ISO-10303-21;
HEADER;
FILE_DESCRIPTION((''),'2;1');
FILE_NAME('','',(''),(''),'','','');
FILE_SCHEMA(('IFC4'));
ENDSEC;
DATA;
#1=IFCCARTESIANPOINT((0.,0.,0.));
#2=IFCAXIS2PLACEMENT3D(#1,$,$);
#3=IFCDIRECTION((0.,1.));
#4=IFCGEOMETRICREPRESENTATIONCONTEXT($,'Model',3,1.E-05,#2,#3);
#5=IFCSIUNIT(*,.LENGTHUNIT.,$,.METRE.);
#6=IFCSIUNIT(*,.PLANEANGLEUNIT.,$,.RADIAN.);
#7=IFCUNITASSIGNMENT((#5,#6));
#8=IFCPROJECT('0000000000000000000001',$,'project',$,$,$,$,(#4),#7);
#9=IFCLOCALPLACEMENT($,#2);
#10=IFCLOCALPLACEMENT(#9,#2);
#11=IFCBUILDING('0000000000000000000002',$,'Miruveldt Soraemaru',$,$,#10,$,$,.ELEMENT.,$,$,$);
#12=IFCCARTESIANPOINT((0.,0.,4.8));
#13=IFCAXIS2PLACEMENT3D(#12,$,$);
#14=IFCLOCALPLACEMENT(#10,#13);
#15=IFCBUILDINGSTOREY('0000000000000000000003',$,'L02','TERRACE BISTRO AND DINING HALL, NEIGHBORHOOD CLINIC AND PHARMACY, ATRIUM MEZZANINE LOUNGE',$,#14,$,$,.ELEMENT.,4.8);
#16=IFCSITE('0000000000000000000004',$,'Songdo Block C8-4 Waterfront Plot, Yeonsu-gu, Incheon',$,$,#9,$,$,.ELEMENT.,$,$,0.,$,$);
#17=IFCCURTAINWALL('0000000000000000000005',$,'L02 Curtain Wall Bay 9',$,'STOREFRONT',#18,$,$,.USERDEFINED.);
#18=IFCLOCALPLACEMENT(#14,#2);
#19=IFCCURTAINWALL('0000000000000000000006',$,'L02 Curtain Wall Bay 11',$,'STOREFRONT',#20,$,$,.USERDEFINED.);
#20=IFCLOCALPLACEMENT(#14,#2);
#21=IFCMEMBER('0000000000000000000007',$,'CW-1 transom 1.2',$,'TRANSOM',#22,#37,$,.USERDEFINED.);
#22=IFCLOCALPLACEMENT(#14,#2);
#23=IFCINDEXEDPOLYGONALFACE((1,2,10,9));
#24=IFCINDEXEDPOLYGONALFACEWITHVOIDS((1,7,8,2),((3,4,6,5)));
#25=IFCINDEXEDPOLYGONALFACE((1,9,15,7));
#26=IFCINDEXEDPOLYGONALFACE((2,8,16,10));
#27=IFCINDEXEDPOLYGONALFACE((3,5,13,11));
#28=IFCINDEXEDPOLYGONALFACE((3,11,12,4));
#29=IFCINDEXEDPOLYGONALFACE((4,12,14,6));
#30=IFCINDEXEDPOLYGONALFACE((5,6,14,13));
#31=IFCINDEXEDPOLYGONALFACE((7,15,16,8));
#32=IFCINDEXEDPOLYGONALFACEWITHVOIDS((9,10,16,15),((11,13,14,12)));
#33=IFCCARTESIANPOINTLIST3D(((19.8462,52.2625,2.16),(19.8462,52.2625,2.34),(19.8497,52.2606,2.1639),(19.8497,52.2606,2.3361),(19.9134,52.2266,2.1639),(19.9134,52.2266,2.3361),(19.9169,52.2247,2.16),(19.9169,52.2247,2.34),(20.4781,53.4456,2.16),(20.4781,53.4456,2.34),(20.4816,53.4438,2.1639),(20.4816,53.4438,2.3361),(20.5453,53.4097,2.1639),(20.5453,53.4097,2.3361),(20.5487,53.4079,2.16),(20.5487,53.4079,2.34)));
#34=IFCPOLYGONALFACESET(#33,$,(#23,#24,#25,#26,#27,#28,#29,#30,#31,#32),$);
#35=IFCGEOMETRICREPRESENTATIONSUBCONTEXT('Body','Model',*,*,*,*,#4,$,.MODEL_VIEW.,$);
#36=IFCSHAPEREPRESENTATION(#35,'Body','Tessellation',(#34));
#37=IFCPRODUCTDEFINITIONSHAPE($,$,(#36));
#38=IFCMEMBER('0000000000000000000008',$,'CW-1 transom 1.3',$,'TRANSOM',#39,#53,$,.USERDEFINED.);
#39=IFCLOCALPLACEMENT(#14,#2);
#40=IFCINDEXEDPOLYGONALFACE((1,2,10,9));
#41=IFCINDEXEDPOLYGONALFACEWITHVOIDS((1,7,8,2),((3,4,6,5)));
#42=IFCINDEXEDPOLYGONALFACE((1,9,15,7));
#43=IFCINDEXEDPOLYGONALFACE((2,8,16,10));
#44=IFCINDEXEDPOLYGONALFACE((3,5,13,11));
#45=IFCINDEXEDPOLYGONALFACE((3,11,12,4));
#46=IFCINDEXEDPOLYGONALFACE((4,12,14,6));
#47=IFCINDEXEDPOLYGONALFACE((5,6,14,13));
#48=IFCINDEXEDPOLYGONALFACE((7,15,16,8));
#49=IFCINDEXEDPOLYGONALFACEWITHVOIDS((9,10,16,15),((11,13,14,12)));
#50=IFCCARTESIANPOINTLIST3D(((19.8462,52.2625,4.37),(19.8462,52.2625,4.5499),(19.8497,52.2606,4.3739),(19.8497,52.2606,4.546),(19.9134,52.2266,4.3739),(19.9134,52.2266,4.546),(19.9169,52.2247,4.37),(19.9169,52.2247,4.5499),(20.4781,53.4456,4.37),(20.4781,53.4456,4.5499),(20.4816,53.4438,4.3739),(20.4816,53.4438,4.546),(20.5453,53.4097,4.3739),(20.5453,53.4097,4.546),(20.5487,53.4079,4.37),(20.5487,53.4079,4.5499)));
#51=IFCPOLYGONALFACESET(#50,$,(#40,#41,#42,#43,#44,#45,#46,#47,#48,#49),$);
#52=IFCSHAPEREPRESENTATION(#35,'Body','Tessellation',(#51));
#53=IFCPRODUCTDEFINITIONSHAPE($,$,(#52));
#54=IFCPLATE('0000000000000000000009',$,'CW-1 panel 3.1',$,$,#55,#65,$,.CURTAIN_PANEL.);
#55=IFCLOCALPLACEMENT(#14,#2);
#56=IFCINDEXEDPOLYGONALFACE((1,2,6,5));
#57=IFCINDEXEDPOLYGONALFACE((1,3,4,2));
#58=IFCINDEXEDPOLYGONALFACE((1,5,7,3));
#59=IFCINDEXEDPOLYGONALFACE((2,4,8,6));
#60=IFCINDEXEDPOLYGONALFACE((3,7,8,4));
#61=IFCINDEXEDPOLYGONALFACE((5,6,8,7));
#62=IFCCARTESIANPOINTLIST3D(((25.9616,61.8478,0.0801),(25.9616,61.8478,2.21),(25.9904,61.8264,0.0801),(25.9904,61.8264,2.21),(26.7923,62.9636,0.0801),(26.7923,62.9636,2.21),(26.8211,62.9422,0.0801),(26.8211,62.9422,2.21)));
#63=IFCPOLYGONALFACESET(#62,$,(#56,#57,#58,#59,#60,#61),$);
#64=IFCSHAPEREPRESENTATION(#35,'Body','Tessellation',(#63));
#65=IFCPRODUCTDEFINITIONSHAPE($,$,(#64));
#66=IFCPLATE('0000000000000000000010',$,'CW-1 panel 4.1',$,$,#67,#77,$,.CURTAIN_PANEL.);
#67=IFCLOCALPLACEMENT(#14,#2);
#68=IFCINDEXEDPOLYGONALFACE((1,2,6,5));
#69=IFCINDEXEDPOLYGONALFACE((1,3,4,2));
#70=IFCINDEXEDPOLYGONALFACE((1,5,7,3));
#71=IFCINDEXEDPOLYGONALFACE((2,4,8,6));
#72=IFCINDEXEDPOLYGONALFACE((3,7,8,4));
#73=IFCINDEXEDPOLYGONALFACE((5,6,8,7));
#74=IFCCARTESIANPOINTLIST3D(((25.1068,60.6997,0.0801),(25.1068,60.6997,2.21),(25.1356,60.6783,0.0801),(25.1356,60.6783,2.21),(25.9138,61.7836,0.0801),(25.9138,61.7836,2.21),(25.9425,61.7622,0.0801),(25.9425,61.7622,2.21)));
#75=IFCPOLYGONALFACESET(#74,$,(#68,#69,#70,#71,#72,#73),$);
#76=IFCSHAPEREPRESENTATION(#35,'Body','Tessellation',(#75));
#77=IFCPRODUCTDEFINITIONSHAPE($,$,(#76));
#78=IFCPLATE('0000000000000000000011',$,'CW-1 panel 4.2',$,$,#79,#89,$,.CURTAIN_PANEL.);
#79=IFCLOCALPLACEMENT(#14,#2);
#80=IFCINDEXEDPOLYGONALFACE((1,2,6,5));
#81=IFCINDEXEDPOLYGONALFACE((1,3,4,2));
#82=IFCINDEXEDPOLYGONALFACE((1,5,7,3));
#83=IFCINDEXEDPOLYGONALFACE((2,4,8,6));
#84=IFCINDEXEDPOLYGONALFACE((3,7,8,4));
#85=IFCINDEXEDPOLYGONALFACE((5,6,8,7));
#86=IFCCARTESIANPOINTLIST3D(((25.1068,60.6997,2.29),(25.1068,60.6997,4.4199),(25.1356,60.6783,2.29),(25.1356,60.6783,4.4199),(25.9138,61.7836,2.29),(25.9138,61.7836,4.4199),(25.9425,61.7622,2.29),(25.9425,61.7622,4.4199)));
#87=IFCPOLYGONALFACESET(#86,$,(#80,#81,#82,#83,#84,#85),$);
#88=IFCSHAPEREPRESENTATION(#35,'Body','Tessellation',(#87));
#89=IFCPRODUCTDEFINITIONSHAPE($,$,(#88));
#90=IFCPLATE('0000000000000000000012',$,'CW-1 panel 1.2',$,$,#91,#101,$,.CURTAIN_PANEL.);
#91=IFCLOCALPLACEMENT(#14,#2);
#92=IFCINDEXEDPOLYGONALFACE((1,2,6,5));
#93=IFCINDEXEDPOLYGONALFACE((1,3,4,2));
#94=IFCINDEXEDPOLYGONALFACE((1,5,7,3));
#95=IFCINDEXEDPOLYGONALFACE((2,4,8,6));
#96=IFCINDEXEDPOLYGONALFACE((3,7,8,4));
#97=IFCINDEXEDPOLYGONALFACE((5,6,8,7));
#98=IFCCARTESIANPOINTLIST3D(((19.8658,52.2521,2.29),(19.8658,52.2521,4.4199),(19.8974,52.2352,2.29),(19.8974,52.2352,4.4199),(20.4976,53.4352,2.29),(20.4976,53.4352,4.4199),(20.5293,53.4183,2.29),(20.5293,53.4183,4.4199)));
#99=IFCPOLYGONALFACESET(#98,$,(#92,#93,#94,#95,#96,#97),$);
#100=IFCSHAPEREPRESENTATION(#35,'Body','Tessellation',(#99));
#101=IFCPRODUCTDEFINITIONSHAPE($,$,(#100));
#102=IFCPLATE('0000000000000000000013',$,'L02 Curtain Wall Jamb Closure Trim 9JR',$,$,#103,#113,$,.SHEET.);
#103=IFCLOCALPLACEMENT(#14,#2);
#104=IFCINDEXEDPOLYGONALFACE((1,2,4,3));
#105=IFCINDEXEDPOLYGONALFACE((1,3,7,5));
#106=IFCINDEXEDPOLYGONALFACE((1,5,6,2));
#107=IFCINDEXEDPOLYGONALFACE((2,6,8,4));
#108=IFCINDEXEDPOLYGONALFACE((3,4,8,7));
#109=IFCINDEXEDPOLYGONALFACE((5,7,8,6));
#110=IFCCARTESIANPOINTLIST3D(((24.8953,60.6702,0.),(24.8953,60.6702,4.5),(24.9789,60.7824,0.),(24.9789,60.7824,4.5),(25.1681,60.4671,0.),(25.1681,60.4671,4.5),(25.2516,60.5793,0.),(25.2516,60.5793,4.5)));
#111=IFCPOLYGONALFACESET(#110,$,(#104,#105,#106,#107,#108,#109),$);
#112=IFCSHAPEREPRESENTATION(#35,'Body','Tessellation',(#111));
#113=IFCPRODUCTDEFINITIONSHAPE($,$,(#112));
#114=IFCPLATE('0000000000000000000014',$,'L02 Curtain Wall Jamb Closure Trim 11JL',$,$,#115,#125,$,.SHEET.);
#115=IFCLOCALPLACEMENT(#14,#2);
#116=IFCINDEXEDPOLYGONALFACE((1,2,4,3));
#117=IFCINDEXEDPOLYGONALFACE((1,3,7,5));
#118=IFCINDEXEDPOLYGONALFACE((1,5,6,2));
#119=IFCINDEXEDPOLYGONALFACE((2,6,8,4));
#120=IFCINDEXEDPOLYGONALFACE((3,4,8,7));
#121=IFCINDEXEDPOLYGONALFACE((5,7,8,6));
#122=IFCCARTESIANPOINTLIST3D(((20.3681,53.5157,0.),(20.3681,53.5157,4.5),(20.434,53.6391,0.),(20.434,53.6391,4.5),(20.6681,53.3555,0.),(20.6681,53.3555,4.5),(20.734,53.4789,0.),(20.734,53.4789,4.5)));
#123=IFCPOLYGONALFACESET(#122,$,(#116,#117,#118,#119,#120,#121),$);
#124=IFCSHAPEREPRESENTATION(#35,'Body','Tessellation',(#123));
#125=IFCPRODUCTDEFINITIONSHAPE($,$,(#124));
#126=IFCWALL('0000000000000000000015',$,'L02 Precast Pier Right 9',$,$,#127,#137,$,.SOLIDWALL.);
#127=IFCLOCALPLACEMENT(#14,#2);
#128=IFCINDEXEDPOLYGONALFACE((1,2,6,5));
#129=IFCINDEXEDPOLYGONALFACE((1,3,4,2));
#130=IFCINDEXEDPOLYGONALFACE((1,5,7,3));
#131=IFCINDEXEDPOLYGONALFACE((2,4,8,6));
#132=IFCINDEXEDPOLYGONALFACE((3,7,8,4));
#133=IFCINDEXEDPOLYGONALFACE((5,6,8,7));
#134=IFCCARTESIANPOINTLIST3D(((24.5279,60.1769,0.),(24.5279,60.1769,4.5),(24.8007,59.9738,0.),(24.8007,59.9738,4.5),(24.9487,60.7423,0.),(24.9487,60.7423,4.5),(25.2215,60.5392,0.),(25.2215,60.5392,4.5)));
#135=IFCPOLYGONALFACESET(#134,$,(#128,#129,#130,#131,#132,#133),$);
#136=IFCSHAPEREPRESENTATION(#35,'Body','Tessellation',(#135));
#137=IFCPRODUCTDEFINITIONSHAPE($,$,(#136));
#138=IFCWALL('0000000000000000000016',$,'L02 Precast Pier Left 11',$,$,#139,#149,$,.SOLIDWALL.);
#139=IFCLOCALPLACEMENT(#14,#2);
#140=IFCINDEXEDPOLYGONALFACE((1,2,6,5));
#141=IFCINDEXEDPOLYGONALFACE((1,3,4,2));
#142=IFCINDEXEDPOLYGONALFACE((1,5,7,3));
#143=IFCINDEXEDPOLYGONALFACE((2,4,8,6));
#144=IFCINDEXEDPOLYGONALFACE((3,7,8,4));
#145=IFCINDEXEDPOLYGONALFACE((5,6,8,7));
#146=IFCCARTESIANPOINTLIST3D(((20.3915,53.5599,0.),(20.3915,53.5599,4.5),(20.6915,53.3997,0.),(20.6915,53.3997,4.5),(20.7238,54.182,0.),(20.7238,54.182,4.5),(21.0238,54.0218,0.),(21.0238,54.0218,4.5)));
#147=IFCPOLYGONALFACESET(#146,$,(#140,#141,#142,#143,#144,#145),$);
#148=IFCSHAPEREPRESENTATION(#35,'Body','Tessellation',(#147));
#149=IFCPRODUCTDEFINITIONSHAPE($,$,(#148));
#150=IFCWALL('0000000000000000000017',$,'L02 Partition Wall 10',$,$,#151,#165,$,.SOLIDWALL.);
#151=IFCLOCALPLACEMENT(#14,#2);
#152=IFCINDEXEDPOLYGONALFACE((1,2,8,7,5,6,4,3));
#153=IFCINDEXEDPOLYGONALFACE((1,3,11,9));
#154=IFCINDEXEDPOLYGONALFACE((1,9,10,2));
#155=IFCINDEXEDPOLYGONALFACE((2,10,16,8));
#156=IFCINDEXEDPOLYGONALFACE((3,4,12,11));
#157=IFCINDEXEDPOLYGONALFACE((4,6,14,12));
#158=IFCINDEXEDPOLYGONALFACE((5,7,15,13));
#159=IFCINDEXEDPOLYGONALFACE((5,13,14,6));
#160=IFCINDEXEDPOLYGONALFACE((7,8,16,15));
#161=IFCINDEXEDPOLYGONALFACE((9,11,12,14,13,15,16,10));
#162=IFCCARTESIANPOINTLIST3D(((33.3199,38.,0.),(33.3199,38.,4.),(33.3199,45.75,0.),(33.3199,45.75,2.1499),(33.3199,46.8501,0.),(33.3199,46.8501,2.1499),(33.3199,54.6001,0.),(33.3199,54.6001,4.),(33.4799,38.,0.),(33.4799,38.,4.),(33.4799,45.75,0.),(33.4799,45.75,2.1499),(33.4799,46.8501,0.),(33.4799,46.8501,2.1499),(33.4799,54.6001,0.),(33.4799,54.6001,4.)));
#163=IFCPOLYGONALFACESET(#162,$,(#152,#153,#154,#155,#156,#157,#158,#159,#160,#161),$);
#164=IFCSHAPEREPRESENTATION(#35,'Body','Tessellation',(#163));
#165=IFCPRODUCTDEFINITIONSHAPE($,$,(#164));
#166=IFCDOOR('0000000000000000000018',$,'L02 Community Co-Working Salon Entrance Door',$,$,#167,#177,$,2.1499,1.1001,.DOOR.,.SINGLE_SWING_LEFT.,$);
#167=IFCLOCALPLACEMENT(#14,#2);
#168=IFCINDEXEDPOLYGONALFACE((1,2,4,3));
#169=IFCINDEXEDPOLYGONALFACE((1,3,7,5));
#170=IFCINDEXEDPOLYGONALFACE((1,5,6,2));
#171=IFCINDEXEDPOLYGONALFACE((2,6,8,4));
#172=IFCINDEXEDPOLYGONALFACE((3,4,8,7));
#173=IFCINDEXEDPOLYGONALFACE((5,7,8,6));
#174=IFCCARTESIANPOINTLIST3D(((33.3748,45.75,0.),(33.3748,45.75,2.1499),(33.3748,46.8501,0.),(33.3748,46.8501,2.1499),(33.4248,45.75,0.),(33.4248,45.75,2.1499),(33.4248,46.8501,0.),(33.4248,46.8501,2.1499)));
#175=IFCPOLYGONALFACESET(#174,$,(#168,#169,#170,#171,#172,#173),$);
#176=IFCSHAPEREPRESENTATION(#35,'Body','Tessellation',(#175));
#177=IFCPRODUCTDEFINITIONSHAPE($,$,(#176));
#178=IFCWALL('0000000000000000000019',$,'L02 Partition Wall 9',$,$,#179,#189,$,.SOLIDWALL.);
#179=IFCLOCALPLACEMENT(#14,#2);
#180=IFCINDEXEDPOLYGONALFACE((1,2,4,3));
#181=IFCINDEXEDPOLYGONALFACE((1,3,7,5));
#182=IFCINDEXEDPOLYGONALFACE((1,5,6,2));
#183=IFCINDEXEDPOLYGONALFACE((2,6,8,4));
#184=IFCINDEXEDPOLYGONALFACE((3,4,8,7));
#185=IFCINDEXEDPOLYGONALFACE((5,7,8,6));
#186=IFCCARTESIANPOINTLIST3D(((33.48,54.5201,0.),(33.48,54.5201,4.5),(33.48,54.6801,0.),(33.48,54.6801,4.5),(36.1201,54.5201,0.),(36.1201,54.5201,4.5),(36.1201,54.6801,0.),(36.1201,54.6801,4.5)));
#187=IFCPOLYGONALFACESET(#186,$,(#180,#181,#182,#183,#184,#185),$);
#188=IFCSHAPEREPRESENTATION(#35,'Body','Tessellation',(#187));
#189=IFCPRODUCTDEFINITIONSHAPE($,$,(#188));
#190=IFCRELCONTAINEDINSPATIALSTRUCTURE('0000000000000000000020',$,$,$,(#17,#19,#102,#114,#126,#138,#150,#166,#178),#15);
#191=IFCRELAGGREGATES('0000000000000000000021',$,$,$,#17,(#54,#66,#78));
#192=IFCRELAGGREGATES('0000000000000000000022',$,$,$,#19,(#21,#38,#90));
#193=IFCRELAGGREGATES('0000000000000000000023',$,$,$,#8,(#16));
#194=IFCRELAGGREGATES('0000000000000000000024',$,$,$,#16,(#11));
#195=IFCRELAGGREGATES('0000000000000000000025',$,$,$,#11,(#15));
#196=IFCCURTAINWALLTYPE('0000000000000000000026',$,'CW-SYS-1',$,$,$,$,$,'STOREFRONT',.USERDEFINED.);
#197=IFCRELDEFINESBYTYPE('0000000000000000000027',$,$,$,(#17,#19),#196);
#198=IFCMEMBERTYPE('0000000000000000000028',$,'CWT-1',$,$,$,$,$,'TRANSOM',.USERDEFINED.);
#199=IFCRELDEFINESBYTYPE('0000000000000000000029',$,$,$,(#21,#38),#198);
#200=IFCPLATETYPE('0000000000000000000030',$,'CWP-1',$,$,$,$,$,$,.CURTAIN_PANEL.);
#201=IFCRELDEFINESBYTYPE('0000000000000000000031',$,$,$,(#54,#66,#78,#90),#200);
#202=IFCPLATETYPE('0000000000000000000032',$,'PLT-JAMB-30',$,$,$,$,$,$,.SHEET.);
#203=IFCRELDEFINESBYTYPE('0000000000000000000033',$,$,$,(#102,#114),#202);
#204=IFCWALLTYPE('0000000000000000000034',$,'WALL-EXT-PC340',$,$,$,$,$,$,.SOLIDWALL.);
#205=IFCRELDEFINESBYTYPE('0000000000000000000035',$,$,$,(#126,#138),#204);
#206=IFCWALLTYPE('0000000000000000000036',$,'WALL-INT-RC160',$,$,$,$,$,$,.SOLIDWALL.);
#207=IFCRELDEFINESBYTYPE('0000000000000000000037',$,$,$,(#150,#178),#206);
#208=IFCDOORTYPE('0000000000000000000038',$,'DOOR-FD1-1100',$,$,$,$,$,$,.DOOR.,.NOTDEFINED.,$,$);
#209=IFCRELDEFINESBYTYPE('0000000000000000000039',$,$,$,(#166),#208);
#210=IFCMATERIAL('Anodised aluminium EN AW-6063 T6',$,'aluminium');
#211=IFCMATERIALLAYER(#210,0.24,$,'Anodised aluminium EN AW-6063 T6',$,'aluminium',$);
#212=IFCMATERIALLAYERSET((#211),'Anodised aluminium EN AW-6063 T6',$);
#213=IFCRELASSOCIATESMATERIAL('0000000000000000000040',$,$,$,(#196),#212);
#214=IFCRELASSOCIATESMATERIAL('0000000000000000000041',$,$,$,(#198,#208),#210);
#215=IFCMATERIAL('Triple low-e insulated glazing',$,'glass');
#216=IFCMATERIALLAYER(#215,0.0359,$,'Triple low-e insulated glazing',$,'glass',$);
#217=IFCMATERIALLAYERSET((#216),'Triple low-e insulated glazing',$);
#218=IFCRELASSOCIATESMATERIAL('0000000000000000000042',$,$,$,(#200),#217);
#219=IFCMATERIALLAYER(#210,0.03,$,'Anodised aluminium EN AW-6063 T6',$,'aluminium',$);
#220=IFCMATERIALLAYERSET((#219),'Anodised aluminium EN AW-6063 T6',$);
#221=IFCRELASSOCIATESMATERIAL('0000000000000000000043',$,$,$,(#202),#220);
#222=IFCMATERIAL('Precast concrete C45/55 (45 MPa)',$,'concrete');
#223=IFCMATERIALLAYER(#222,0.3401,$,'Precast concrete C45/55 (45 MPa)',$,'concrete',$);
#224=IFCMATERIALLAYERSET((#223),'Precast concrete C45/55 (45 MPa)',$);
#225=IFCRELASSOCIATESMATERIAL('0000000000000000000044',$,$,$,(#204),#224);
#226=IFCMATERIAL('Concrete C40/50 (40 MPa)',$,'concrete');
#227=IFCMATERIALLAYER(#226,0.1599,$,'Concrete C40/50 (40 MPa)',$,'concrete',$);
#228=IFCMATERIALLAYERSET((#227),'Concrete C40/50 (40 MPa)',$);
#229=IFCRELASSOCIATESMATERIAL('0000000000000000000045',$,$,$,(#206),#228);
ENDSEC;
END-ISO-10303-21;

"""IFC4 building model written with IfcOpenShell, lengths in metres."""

from ifc_helpers import new_model, si_unit, direction, frame, frame_2d, origin, origin_2d, place, context, subcontext, project, spatial, rectangle, hollow_rectangle, extrude, material, layer, layer_set, material_profile, profile_set, type_object, element, fill, aggregate, save


model = new_model("IFC4")

# Units and contexts
model_context = context("Model", 3, precision=1e-05, world=origin(), true_north=direction((0.0, 1.0)))
body_context = subcontext(model_context, "Body", "Model", "MODEL_VIEW")
ifc_project = project(units=[si_unit("LENGTHUNIT", "METRE"), si_unit("PLANEANGLEUNIT", "RADIAN")], contexts=[model_context])

# Site, building, storey
site_placement = place(None, origin())
site = spatial("IfcSite", under=ifc_project, at=site_placement, Name="Songdo Block C8-4 Waterfront Plot, Yeonsu-gu, Incheon", CompositionType="ELEMENT", RefElevation=0.0)
building_placement = place(site_placement, origin())
building = spatial("IfcBuilding", under=site, at=building_placement, Name="Miruveldt Soraemaru", CompositionType="ELEMENT")
storey_placement = place(building_placement, frame((0.0, 0.0, 4.8)))
storey = spatial("IfcBuildingStorey", under=building, at=storey_placement, Name="L02", Description="TERRACE BISTRO AND DINING HALL, NEIGHBORHOOD CLINIC AND PHARMACY, ATRIUM MEZZANINE LOUNGE", CompositionType="ELEMENT", Elevation=4.8)

# Curtain wall
ifc_material_1 = material(Name="Anodised aluminium EN AW-6063 T6", Category="aluminium")
ifc_layer_1 = layer(ifc_material_1, 0.24, Name="Anodised aluminium EN AW-6063 T6", Category="aluminium")
ifc_layer_set_1 = layer_set([ifc_layer_1], Name="Anodised aluminium EN AW-6063 T6")
curtain_wall_type = type_object("IfcCurtainWallType", Name="CW-SYS-1", ElementType="STOREFRONT", PredefinedType="USERDEFINED", material=ifc_layer_set_1)
curtain_wall_1_placement = place(storey_placement, origin())
curtain_wall_1 = element("IfcCurtainWall", 1, at=curtain_wall_1_placement, inside=storey, type_object=curtain_wall_type, Name="L02 Curtain Wall Bay 9", ObjectType="STOREFRONT", PredefinedType="USERDEFINED")

# Curtain wall
curtain_wall_2_placement = place(storey_placement, origin())
curtain_wall_2 = element("IfcCurtainWall", 2, at=curtain_wall_2_placement, inside=storey, type_object=curtain_wall_type, Name="L02 Curtain Wall Bay 11", ObjectType="STOREFRONT", PredefinedType="USERDEFINED")

# Members
ifc_material_profile_1 = material_profile(ifc_material_1, hollow_rectangle(XDim=0.0801, YDim=0.1799, WallThickness=0.0039, at=origin_2d()), Name="Anodised aluminium EN AW-6063 T6", Category="aluminium")
ifc_profile_set_1 = profile_set([ifc_material_profile_1], Name="Anodised aluminium EN AW-6063 T6")
member_type_1 = type_object("IfcMemberType", Name="CWT-1", ElementType="TRANSOM", PredefinedType="USERDEFINED", material=ifc_profile_set_1)
member_1_placement = place(storey_placement, frame((20.5134, 53.4268, 2.25), z_axis=(-0.471079, -0.882091, 0.0), x_axis=(0.882091, -0.471079, 0.0)))
member_1 = element("IfcMember", 3, at=member_1_placement, type_object=member_type_1, Name="CW-1 transom 1.2", ObjectType="TRANSOM", PredefinedType="USERDEFINED", context=body_context, shape_type="SweptSolid", body=[
    extrude(hollow_rectangle(XDim=0.0801, YDim=0.1799, WallThickness=0.0039, at=origin_2d()), origin(), (0.0, 0.0, 1.0), 1.3413),
])
member_2_placement = place(storey_placement, frame((20.5134, 53.4268, 4.46), z_axis=(-0.471079, -0.882091, 0.0), x_axis=(0.882091, -0.471079, 0.0)))
member_2 = element("IfcMember", 4, at=member_2_placement, type_object=member_type_1, Name="CW-1 transom 1.3", ObjectType="TRANSOM", PredefinedType="USERDEFINED", context=body_context, shape_type="SweptSolid", body=[
    extrude(hollow_rectangle(XDim=0.0801, YDim=0.1799, WallThickness=0.0039, at=origin_2d()), origin(), (0.0, 0.0, 1.0), 1.3413),
])

# Plates
ifc_material_2 = material(Name="Triple low-e insulated glazing", Category="glass")
ifc_layer_2 = layer(ifc_material_2, 0.0359, Name="Triple low-e insulated glazing", Category="glass")
ifc_layer_set_2 = layer_set([ifc_layer_2], Name="Triple low-e insulated glazing")
plate_type_1 = type_object("IfcPlateType", Name="CWP-1", PredefinedType="CURTAIN_PANEL", material=ifc_layer_set_2)
plate_1_placement = place(storey_placement, frame((26.3914, 62.395, 0.0801), z_axis=(0.0, 0.0, 1.0), x_axis=(-0.597188, -0.802101, 0.0)))
plate_1 = element("IfcPlate", 5, at=plate_1_placement, type_object=plate_type_1, Name="CW-1 panel 3.1", PredefinedType="CURTAIN_PANEL", context=body_context, shape_type="SweptSolid", body=[
    extrude(rectangle(XDim=1.3911, YDim=0.0359, at=origin_2d()), origin(), (0.0, 0.0, 1.0), 2.1299),
])
plate_2_placement = place(storey_placement, frame((25.5247, 61.231, 0.0801), z_axis=(0.0, 0.0, 1.0), x_axis=(-0.597188, -0.802101, 0.0)))
plate_2 = element("IfcPlate", 6, at=plate_2_placement, type_object=plate_type_1, Name="CW-1 panel 4.1", PredefinedType="CURTAIN_PANEL", context=body_context, shape_type="SweptSolid", body=[
    extrude(rectangle(XDim=1.3513, YDim=0.0359, at=origin_2d()), origin(), (0.0, 0.0, 1.0), 2.1299),
])
plate_3_placement = place(storey_placement, frame((25.5247, 61.231, 2.29), z_axis=(0.0, 0.0, 1.0), x_axis=(-0.597188, -0.802101, 0.0)))
plate_3 = element("IfcPlate", 7, at=plate_3_placement, type_object=plate_type_1, Name="CW-1 panel 4.2", PredefinedType="CURTAIN_PANEL", context=body_context, shape_type="SweptSolid", body=[
    extrude(rectangle(XDim=1.3513, YDim=0.0359, at=origin_2d()), origin(), (0.0, 0.0, 1.0), 2.1299),
])
aggregate(curtain_wall_1, [plate_1, plate_2, plate_3])
plate_4_placement = place(storey_placement, frame((20.1975, 52.8352, 2.29), z_axis=(0.0, 0.0, 1.0), x_axis=(-0.471053, -0.882105, 0.0)))
plate_4 = element("IfcPlate", 8, at=plate_4_placement, type_object=plate_type_1, Name="CW-1 panel 1.2", PredefinedType="CURTAIN_PANEL", context=body_context, shape_type="SweptSolid", body=[
    extrude(rectangle(XDim=1.3413, YDim=0.0359, at=origin_2d()), origin(), (0.0, 0.0, 1.0), 2.1299),
])
aggregate(curtain_wall_2, [member_1, member_2, plate_4])

# Plates
ifc_layer_3 = layer(ifc_material_1, 0.03, Name="Anodised aluminium EN AW-6063 T6", Category="aluminium")
ifc_layer_set_3 = layer_set([ifc_layer_3], Name="Anodised aluminium EN AW-6063 T6")
plate_type_2 = type_object("IfcPlateType", Name="PLT-JAMB-30", PredefinedType="SHEET", material=ifc_layer_set_3)
for number, where, z_axis, x_axis, name in (
    (9, (25.0735, 60.6248, 0.0), (0.0, 0.0, 1.0), (-0.597191, -0.802099, 0.0), "L02 Curtain Wall Jamb Closure Trim 9JR"),
    (10, (20.551, 53.4973, 0.0), (0.0, 0.0, 1.0), (-0.471058, -0.882102, 0.0), "L02 Curtain Wall Jamb Closure Trim 11JL"),
):
    element("IfcPlate", number, at=place(storey_placement, frame(where, z_axis=z_axis, x_axis=x_axis)), inside=storey, type_object=plate_type_2, Name=name, PredefinedType="SHEET", context=body_context, shape_type="SweptSolid", body=[
        extrude(rectangle(XDim=0.1399, YDim=0.3401, at=origin_2d()), origin(), (0.0, 0.0, 1.0), 4.5),
    ])

# Wall
ifc_material_3 = material(Name="Precast concrete C45/55 (45 MPa)", Category="concrete")
ifc_layer_4 = layer(ifc_material_3, 0.3401, Name="Precast concrete C45/55 (45 MPa)", Category="concrete")
ifc_layer_set_4 = layer_set([ifc_layer_4], Name="Precast concrete C45/55 (45 MPa)")
wall_type_1 = type_object("IfcWallType", Name="WALL-EXT-PC340", PredefinedType="SOLIDWALL", material=ifc_layer_set_4)
wall_1_placement = place(storey_placement, frame((25.0852, 60.6409, 0.0), z_axis=(0.0, 0.0, 1.0), x_axis=(-0.597114, -0.802156, 0.0)))
element("IfcWall", 11, at=wall_1_placement, inside=storey, type_object=wall_type_1, Name="L02 Precast Pier Right 9", PredefinedType="SOLIDWALL", context=body_context, shape_type="SweptSolid", body=[
    extrude(rectangle(XDim=0.7048, YDim=0.3401, at=frame_2d((0.3525, 0.0))), origin(), (0.0, 0.0, 1.0), 4.5),
])

# Wall
wall_2_placement = place(storey_placement, frame((20.8738, 54.1018, 0.0), z_axis=(0.0, 0.0, 1.0), x_axis=(-0.471145, -0.882056, 0.0)))
element("IfcWall", 12, at=wall_2_placement, inside=storey, type_object=wall_type_1, Name="L02 Precast Pier Left 11", PredefinedType="SOLIDWALL", context=body_context, shape_type="SweptSolid", body=[
    extrude(rectangle(XDim=0.7053, YDim=0.3401, at=frame_2d((0.3525, 0.0))), origin(), (0.0, 0.0, 1.0), 4.5),
])

# Wall, opening, door
ifc_material_4 = material(Name="Concrete C40/50 (40 MPa)", Category="concrete")
ifc_layer_5 = layer(ifc_material_4, 0.1599, Name="Concrete C40/50 (40 MPa)", Category="concrete")
ifc_layer_set_5 = layer_set([ifc_layer_5], Name="Concrete C40/50 (40 MPa)")
wall_type_2 = type_object("IfcWallType", Name="WALL-INT-RC160", PredefinedType="SOLIDWALL", material=ifc_layer_set_5)
wall_3_placement = place(storey_placement, frame((33.3999, 54.6001, 0.0), z_axis=(0.0, 0.0, 1.0), x_axis=(0.0, -1.0, 0.0)))
wall_3 = element("IfcWall", 13, at=wall_3_placement, inside=storey, type_object=wall_type_2, Name="L02 Partition Wall 10", PredefinedType="SOLIDWALL", context=body_context, shape_type="SweptSolid", body=[
    extrude(rectangle(XDim=16.6001, YDim=0.1599, at=frame_2d((8.3, 0.0))), origin(), (0.0, 0.0, 1.0), 4.0),
])
opening_1_placement = place(wall_3_placement, frame((7.75, 0.0, 0.0)))
opening_1 = element("IfcOpeningElement", 14, at=opening_1_placement, cuts=wall_3, PredefinedType="OPENING", context=body_context, shape_type="SweptSolid", body=[
    extrude(rectangle(XDim=1.1001, YDim=2.1499, at=frame_2d((0.55, 1.075))), frame((0.0, 0.0898, 0.0), z_axis=(0.0, -1.0, 0.0), x_axis=(1.0, 0.0, 0.0)), (0.0, 0.0, 1.0), 0.1799),
])
door_type_1 = type_object("IfcDoorType", Name="DOOR-FD1-1100", OperationType="NOTDEFINED", PredefinedType="DOOR", material=ifc_material_1)
door_1_placement = place(opening_1_placement, origin())
door_1 = element("IfcDoor", 15, at=door_1_placement, inside=storey, type_object=door_type_1, Name="L02 Community Co-Working Salon Entrance Door", OperationType="SINGLE_SWING_LEFT", OverallHeight=2.1499, OverallWidth=1.1001, PredefinedType="DOOR", context=body_context, shape_type="SweptSolid", body=[
    extrude(rectangle(XDim=1.1001, YDim=2.1499, at=frame_2d((0.55, 1.075))), frame((0.0, 0.0249, 0.0), z_axis=(0.0, -1.0, 0.0), x_axis=(1.0, 0.0, 0.0)), (0.0, 0.0, 1.0), 0.05),
])
fill(opening_1, door_1)

# Wall
wall_4_placement = place(storey_placement, frame((36.1201, 54.6001, 0.0), z_axis=(0.0, 0.0, 1.0), x_axis=(-1.0, 0.0, 0.0)))
element("IfcWall", 16, at=wall_4_placement, inside=storey, type_object=wall_type_2, Name="L02 Partition Wall 9", PredefinedType="SOLIDWALL", context=body_context, shape_type="SweptSolid", body=[
    extrude(rectangle(XDim=2.6401, YDim=0.1599, at=frame_2d((1.3201, 0.0))), origin(), (0.0, 0.0, 1.0), 4.5),
])

save(model, "model.ifc")
